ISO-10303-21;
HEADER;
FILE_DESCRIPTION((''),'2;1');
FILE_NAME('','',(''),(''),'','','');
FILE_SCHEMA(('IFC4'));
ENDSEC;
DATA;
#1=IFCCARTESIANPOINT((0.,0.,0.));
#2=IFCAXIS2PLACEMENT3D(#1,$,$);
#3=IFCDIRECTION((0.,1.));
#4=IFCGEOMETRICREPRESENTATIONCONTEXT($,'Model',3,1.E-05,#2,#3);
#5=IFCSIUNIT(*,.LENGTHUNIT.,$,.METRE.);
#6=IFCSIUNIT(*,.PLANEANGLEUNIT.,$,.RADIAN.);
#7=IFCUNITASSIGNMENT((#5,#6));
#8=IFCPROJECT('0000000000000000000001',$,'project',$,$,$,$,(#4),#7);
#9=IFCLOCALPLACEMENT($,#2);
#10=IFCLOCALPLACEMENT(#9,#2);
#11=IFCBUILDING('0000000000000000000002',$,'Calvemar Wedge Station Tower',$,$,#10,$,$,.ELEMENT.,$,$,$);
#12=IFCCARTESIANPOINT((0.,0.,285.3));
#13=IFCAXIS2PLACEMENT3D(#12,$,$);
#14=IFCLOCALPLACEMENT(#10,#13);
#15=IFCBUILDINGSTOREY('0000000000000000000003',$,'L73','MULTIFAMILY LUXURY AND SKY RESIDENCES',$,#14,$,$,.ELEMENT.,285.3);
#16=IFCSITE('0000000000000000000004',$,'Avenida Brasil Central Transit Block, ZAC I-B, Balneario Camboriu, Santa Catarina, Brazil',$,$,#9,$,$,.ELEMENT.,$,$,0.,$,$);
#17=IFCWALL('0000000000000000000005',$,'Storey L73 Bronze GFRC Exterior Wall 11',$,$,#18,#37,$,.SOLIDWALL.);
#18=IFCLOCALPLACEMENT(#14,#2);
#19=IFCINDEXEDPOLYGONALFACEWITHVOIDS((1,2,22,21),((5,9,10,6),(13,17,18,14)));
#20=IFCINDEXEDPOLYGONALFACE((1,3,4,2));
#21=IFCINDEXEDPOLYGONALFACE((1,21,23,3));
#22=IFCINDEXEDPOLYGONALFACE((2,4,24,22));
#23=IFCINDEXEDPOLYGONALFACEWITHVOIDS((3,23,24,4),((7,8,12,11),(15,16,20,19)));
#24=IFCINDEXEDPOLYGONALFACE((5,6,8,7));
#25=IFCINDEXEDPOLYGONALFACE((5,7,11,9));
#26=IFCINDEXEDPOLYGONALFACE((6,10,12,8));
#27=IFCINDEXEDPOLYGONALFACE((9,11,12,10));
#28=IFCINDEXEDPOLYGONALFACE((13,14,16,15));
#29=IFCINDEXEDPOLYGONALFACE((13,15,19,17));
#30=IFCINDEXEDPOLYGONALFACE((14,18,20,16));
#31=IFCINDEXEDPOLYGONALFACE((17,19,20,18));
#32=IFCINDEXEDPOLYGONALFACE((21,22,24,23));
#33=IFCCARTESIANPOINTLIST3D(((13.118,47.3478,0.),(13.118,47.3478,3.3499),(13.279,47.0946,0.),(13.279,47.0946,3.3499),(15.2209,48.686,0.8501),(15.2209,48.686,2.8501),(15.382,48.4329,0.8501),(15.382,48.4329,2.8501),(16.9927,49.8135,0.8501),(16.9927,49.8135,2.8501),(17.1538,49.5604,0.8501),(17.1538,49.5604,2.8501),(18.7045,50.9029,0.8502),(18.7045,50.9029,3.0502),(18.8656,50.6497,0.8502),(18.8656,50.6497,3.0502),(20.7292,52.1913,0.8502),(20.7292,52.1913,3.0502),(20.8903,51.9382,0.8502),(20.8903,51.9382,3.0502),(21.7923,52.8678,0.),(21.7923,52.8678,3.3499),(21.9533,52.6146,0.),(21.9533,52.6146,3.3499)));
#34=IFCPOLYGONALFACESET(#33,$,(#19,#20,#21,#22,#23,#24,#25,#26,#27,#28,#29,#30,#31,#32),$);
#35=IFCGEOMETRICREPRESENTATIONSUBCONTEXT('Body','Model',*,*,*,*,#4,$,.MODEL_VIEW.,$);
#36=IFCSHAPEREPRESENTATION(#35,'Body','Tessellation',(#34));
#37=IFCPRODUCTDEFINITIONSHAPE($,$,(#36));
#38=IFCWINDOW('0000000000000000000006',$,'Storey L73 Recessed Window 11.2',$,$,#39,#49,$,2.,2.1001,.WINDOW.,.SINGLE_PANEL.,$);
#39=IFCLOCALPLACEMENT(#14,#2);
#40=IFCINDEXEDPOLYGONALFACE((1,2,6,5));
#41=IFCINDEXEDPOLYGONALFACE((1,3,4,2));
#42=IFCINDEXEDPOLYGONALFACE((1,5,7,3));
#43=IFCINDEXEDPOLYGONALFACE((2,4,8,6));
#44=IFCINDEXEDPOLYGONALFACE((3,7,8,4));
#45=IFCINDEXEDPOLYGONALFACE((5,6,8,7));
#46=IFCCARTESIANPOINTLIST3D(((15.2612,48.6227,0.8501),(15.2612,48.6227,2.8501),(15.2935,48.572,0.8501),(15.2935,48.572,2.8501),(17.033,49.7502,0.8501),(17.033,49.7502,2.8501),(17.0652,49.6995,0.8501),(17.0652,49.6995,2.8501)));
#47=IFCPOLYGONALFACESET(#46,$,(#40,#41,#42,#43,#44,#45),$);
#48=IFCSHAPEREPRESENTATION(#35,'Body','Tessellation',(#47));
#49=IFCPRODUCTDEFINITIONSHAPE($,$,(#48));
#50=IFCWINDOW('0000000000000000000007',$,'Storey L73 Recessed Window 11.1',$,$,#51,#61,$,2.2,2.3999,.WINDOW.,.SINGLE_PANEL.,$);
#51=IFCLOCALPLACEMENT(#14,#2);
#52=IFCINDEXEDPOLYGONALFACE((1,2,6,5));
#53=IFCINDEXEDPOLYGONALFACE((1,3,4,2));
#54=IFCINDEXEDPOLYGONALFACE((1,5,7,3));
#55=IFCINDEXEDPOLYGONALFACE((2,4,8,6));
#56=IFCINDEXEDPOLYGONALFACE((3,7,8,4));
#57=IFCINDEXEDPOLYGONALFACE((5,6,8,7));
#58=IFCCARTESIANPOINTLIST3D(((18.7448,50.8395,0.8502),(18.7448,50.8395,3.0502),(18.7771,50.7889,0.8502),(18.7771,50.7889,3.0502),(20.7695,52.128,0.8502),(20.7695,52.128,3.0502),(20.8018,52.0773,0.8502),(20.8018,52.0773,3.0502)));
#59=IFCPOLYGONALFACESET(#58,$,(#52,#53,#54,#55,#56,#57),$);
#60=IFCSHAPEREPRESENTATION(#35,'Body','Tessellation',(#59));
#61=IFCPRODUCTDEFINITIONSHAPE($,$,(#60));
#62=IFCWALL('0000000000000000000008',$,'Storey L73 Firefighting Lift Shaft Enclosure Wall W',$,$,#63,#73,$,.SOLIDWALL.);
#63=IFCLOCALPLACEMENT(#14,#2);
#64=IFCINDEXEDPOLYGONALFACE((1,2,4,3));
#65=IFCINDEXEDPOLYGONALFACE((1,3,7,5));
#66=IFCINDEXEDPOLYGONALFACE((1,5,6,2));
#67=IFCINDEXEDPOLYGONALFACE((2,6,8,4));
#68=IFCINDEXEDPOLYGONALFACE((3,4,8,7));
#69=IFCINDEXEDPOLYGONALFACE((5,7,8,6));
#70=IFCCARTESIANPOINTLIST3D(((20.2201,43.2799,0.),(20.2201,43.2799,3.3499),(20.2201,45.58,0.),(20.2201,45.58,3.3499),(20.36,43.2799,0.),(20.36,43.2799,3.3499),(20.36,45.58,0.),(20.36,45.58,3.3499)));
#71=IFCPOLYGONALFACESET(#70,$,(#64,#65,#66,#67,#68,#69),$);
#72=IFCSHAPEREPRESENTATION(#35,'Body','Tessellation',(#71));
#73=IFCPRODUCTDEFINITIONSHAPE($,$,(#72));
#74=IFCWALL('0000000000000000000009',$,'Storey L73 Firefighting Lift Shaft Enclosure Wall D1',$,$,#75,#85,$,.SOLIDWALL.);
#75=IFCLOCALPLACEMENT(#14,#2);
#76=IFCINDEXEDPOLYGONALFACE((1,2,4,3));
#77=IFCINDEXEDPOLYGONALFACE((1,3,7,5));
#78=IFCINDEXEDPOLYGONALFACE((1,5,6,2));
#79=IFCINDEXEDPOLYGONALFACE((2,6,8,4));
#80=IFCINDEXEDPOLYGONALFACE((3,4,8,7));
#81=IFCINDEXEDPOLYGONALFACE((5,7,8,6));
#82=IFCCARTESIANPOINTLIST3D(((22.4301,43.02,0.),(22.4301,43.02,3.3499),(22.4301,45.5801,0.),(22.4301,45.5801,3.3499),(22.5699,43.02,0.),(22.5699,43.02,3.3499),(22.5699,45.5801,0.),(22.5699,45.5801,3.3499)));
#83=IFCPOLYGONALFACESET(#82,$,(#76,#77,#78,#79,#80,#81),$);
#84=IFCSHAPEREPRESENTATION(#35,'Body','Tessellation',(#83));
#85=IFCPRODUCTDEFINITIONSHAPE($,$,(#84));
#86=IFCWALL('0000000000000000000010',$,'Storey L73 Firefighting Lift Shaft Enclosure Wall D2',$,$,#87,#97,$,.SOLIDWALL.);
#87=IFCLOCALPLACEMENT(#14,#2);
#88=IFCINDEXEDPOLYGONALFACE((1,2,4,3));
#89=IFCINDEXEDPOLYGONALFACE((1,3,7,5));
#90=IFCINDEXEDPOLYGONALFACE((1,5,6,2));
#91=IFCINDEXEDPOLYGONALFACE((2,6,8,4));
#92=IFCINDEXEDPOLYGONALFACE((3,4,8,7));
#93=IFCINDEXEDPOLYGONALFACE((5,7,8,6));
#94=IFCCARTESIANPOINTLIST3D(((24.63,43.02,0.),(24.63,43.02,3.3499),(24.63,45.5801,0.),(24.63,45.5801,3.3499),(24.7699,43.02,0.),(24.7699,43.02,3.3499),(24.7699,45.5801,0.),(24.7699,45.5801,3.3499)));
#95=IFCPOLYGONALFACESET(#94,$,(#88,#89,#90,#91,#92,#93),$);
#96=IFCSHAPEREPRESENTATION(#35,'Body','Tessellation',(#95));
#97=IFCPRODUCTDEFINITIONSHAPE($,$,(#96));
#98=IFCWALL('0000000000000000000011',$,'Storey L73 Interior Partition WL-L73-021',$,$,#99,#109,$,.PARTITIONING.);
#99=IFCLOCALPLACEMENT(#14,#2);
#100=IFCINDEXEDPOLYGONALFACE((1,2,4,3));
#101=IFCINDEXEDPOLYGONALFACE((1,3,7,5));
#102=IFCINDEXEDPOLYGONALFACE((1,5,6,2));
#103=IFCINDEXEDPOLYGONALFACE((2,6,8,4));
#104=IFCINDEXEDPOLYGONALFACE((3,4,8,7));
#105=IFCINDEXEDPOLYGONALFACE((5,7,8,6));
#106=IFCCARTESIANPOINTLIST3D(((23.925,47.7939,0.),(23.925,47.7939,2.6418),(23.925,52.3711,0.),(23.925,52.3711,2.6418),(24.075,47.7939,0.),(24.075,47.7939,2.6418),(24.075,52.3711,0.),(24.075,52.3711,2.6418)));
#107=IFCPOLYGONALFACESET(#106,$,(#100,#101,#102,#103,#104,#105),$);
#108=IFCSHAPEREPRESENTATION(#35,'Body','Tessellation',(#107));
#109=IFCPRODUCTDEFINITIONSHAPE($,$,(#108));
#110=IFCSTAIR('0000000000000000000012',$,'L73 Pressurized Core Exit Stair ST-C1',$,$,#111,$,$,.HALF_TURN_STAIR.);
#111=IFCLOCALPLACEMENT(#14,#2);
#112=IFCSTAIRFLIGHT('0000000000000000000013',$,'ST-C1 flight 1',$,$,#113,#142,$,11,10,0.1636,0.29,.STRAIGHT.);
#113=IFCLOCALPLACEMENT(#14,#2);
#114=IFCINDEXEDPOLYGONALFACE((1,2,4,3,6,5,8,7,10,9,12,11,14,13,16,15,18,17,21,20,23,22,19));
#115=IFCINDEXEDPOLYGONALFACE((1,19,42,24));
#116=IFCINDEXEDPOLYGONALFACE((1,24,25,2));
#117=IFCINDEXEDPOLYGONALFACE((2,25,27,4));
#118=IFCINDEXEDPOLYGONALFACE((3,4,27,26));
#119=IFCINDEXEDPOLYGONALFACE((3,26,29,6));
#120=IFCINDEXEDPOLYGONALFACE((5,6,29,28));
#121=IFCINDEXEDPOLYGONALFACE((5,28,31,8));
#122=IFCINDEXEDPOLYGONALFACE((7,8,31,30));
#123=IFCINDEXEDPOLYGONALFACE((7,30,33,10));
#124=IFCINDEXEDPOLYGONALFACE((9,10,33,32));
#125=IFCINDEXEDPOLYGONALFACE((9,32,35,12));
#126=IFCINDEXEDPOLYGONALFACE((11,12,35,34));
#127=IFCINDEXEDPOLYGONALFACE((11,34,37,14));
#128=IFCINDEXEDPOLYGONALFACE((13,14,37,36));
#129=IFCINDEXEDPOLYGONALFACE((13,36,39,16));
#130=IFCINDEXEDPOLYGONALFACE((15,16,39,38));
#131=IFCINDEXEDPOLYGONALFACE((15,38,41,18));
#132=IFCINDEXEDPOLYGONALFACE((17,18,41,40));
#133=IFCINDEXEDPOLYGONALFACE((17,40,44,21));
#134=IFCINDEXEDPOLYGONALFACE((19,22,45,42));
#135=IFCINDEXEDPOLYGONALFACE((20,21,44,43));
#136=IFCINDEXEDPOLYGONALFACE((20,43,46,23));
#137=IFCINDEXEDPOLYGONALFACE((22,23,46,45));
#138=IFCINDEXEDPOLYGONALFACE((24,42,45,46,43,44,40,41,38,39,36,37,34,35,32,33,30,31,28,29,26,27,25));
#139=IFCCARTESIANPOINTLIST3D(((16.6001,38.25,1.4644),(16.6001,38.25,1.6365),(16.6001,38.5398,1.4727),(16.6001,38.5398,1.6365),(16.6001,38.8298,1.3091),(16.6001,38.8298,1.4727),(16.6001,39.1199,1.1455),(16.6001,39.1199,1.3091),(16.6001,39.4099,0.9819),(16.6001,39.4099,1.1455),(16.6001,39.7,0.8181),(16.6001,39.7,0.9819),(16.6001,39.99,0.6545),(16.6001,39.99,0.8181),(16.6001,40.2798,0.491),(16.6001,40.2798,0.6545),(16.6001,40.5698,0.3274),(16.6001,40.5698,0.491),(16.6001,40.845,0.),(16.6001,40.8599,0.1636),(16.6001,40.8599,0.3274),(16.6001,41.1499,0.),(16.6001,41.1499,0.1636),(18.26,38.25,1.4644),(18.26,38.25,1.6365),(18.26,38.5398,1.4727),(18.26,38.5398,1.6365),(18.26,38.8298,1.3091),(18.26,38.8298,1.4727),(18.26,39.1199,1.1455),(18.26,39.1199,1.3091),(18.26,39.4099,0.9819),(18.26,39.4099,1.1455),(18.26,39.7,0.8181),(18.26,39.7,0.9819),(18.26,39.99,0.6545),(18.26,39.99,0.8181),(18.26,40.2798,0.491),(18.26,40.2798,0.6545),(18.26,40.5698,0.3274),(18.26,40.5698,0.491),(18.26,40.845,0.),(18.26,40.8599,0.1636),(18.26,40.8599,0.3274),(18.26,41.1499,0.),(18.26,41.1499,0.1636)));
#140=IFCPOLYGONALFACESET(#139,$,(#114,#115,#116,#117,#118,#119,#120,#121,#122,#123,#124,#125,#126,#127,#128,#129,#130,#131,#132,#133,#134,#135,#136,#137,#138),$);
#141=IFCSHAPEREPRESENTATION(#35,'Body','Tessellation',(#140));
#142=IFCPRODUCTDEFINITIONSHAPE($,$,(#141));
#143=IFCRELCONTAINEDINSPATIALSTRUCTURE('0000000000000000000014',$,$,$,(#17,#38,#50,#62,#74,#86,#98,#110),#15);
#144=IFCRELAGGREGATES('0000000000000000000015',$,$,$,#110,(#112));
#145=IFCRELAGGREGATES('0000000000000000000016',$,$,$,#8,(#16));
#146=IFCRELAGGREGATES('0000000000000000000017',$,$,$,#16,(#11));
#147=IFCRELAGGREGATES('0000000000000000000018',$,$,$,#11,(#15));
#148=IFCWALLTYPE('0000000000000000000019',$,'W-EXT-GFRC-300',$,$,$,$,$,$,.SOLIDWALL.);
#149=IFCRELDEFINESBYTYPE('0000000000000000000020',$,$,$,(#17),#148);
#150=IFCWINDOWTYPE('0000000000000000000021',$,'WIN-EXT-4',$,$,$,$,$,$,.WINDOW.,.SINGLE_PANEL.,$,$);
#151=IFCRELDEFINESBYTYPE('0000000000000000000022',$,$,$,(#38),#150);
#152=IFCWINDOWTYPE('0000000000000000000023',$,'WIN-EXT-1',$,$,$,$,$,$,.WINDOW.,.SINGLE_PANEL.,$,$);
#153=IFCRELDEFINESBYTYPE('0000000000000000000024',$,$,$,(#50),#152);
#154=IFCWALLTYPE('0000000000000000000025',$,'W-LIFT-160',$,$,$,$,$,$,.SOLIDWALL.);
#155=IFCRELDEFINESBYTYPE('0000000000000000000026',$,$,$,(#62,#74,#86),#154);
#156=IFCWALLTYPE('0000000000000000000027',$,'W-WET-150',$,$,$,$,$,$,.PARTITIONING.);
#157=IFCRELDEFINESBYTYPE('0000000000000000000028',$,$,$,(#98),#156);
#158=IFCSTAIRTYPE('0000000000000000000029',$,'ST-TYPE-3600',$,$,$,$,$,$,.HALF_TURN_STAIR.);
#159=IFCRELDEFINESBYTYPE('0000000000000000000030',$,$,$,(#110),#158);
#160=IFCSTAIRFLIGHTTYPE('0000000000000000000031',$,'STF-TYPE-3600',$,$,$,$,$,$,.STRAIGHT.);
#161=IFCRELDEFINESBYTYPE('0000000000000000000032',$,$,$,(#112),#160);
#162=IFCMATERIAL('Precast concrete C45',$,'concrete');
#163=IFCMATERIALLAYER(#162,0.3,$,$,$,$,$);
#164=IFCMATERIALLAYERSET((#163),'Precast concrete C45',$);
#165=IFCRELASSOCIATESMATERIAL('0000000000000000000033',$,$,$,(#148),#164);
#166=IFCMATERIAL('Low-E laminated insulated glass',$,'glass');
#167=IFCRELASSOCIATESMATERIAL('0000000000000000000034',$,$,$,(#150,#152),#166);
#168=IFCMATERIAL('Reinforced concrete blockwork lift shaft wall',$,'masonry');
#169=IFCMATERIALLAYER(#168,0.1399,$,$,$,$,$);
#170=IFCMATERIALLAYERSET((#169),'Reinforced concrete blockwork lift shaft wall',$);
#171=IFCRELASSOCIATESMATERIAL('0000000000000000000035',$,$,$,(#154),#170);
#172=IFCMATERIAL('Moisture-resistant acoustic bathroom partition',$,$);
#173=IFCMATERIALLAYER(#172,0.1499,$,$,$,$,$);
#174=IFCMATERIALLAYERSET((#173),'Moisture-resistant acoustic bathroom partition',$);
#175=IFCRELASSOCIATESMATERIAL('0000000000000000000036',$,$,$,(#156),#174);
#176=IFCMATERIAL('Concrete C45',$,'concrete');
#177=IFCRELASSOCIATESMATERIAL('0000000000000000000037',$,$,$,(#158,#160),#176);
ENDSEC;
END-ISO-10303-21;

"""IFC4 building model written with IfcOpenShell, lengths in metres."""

from ifc_helpers import new_model, si_unit, direction, frame, frame_2d, origin, place, context, subcontext, project, spatial, polyline, rectangle, outline, extrude, source, transform, mapped, material, layer, layer_set, type_object, element, fill, aggregate, save


model = new_model("IFC4")

# Units and contexts
model_context = context("Model", 3, precision=1e-05, world=origin(), true_north=direction((0.0, 1.0)))
body_context = subcontext(model_context, "Body", "Model", "MODEL_VIEW")
ifc_project = project(units=[si_unit("LENGTHUNIT", "METRE"), si_unit("PLANEANGLEUNIT", "RADIAN")], contexts=[model_context])

# Site, building, storey
site_placement = place(None, origin())
site = spatial("IfcSite", under=ifc_project, at=site_placement, Name="Avenida Brasil Central Transit Block, ZAC I-B, Balneario Camboriu, Santa Catarina, Brazil", CompositionType="ELEMENT", RefElevation=0.0)
building_placement = place(site_placement, origin())
building = spatial("IfcBuilding", under=site, at=building_placement, Name="Calvemar Wedge Station Tower", CompositionType="ELEMENT")
storey_placement = place(building_placement, frame((0.0, 0.0, 285.3)))
storey = spatial("IfcBuildingStorey", under=building, at=storey_placement, Name="L73", Description="MULTIFAMILY LUXURY AND SKY RESIDENCES", CompositionType="ELEMENT", Elevation=285.3)

# Shared definitions
ifc_material_1 = material(Name="Low-E laminated insulated glass", Category="glass")

# Shared definitions
ifc_material_2 = material(Name="Precast concrete C45", Category="concrete")
ifc_layer_1 = layer(ifc_material_2, 0.3)
ifc_layer_set_1 = layer_set([ifc_layer_1], Name="Precast concrete C45")
wall_type_1 = type_object("IfcWallType", Name="W-EXT-GFRC-300", PredefinedType="SOLIDWALL", material=ifc_layer_set_1)

# Wall, openings, windows
wall_1_placement = place(storey_placement, frame((21.8728, 52.7412, 0.0), z_axis=(0.0, 0.0, 1.0), x_axis=(-0.843661, -0.536875, 0.0)))
wall_1 = element("IfcWall", 1, at=wall_1_placement, inside=storey, type_object=wall_type_1, Name="Storey L73 Bronze GFRC Exterior Wall 11", PredefinedType="SOLIDWALL", context=body_context, shape_type="SweptSolid", body=[
    extrude(rectangle(XDim=10.2817, YDim=0.3, at=frame_2d((5.1409, 0.0))), origin(), (0.0, 0.0, 1.0), 3.3499),
])
shared_shape_1 = source(origin(), body_context, "Body", "SweptSolid", [
    extrude(rectangle(XDim=2.3999, YDim=2.2, at=frame_2d((1.2, 1.1001))), frame((0.0, 0.1602, 0.0), z_axis=(0.0, -1.0, 0.0), x_axis=(1.0, 0.0, 0.0)), (0.0, 0.0, 1.0), 0.3201),
])
opening_1_placement = place(wall_1_placement, frame((1.26, 0.0, 0.8501)))
opening_1 = element("IfcOpeningElement", 2, at=opening_1_placement, cuts=wall_1, PredefinedType="OPENING", context=body_context, shape_type="MappedRepresentation", body=[
    mapped(shared_shape_1, transform((0.0, 0.0, 0.0), scale=1.0)),
])
shared_shape_2 = source(origin(), body_context, "Body", "SweptSolid", [
    extrude(rectangle(XDim=2.1001, YDim=2.0, at=frame_2d((1.05, 1.0))), frame((0.0, 0.1602, 0.0), z_axis=(0.0, -1.0, 0.0), x_axis=(1.0, 0.0, 0.0)), (0.0, 0.0, 1.0), 0.3201),
])
opening_2_placement = place(wall_1_placement, frame((5.689, 0.0, 0.8501)))
opening_2 = element("IfcOpeningElement", 3, at=opening_2_placement, cuts=wall_1, PredefinedType="OPENING", context=body_context, shape_type="MappedRepresentation", body=[
    mapped(shared_shape_2, transform((0.0, 0.0, 0.0), scale=1.0)),
])
window_type_1 = type_object("IfcWindowType", Name="WIN-EXT-4", PartitioningType="SINGLE_PANEL", PredefinedType="WINDOW", material=ifc_material_1)
shared_shape_3 = source(origin(), body_context, "Body", "SweptSolid", [
    extrude(rectangle(XDim=2.1001, YDim=2.0, at=frame_2d((1.05, 1.0))), frame((0.0, -0.0149, 0.0), z_axis=(0.0, -1.0, 0.0), x_axis=(1.0, 0.0, 0.0)), (0.0, 0.0, 1.0), 0.0601),
])
window_1_placement = place(opening_2_placement, origin())
window_1 = element("IfcWindow", 4, at=window_1_placement, inside=storey, type_object=window_type_1, Name="Storey L73 Recessed Window 11.2", OverallHeight=2.0, OverallWidth=2.1001, PartitioningType="SINGLE_PANEL", PredefinedType="WINDOW", context=body_context, shape_type="MappedRepresentation", body=[
    mapped(shared_shape_3, transform((0.0, 0.0, 0.0), scale=1.0)),
])
fill(opening_2, window_1)
window_type_2 = type_object("IfcWindowType", Name="WIN-EXT-1", PartitioningType="SINGLE_PANEL", PredefinedType="WINDOW", material=ifc_material_1)
shared_shape_4 = source(origin(), body_context, "Body", "SweptSolid", [
    extrude(rectangle(XDim=2.3999, YDim=2.2, at=frame_2d((1.2, 1.1001))), frame((0.0, -0.0149, 0.0), z_axis=(0.0, -1.0, 0.0), x_axis=(1.0, 0.0, 0.0)), (0.0, 0.0, 1.0), 0.0601),
])
window_2_placement = place(opening_1_placement, origin())
window_2 = element("IfcWindow", 5, at=window_2_placement, inside=storey, type_object=window_type_2, Name="Storey L73 Recessed Window 11.1", OverallHeight=2.2, OverallWidth=2.3999, PartitioningType="SINGLE_PANEL", PredefinedType="WINDOW", context=body_context, shape_type="MappedRepresentation", body=[
    mapped(shared_shape_4, transform((0.0, 0.0, 0.0), scale=1.0)),
])
fill(opening_1, window_2)

# Shared definitions
ifc_material_3 = material(Name="Reinforced concrete blockwork lift shaft wall", Category="masonry")
ifc_layer_2 = layer(ifc_material_3, 0.1399)
ifc_layer_set_2 = layer_set([ifc_layer_2], Name="Reinforced concrete blockwork lift shaft wall")
wall_type_2 = type_object("IfcWallType", Name="W-LIFT-160", PredefinedType="SOLIDWALL", material=ifc_layer_set_2)

# Walls
wall_2_placement = place(storey_placement, frame((20.29, 43.28, 0.0), z_axis=(0.0, 0.0, 1.0), x_axis=(0.0, 1.0, 0.0)))
element("IfcWall", 6, at=wall_2_placement, inside=storey, type_object=wall_type_2, Name="Storey L73 Firefighting Lift Shaft Enclosure Wall W", PredefinedType="SOLIDWALL", context=body_context, shape_type="SweptSolid", body=[
    extrude(rectangle(XDim=2.3, YDim=0.1399, at=frame_2d((1.1499, 0.0))), origin(), (0.0, 0.0, 1.0), 3.3499),
])
for number, where, z_axis, x_axis, name in (
    (7, (22.5, 43.02, 0.0), (0.0, 0.0, 1.0), (0.0, 1.0, 0.0), "Storey L73 Firefighting Lift Shaft Enclosure Wall D1"),
    (8, (24.7, 43.02, 0.0), (0.0, 0.0, 1.0), (0.0, 1.0, 0.0), "Storey L73 Firefighting Lift Shaft Enclosure Wall D2"),
):
    element("IfcWall", number, at=place(storey_placement, frame(where, z_axis=z_axis, x_axis=x_axis)), inside=storey, type_object=wall_type_2, Name=name, PredefinedType="SOLIDWALL", context=body_context, shape_type="SweptSolid", body=[
        extrude(rectangle(XDim=2.5601, YDim=0.1399, at=frame_2d((1.28, 0.0))), origin(), (0.0, 0.0, 1.0), 3.3499),
    ])
ifc_material_4 = material(Name="Moisture-resistant acoustic bathroom partition")
ifc_layer_3 = layer(ifc_material_4, 0.1499)
ifc_layer_set_3 = layer_set([ifc_layer_3], Name="Moisture-resistant acoustic bathroom partition")
wall_type_3 = type_object("IfcWallType", Name="W-WET-150", PredefinedType="PARTITIONING", material=ifc_layer_set_3)
wall_3_placement = place(storey_placement, frame((24.0, 52.3711, 0.0), z_axis=(0.0, 0.0, 1.0), x_axis=(0.0, -1.0, 0.0)))
element("IfcWall", 9, at=wall_3_placement, inside=storey, type_object=wall_type_3, Name="Storey L73 Interior Partition WL-L73-021", PredefinedType="PARTITIONING", context=body_context, shape_type="SweptSolid", body=[
    extrude(rectangle(XDim=4.5771, YDim=0.1499, at=frame_2d((2.2886, 0.0))), origin(), (0.0, 0.0, 1.0), 2.6418),
])

# Stair, stair flight
ifc_material_5 = material(Name="Concrete C45", Category="concrete")
stair_type = type_object("IfcStairType", Name="ST-TYPE-3600", PredefinedType="HALF_TURN_STAIR", material=ifc_material_5)
stair_placement = place(storey_placement, origin())
stair = element("IfcStair", 10, at=stair_placement, inside=storey, type_object=stair_type, Name="L73 Pressurized Core Exit Stair ST-C1", PredefinedType="HALF_TURN_STAIR")
stair_flight_type = type_object("IfcStairFlightType", Name="STF-TYPE-3600", PredefinedType="STRAIGHT", material=ifc_material_5)
stair_flight_placement = place(storey_placement, frame((17.4299, 41.1499, 0.0), z_axis=(0.0, 0.0, 1.0), x_axis=(0.0, -1.0, 0.0)))
stair_flight = element("IfcStairFlight", 11, at=stair_flight_placement, type_object=stair_flight_type, Name="ST-C1 flight 1", NumberOfRisers=11, NumberOfTreads=10, PredefinedType="STRAIGHT", RiserHeight=0.1636, TreadLength=0.29, context=body_context, shape_type="SweptSolid", body=[
    extrude(outline(polyline([(0.0, 0.0), (0.0, 0.1636), (0.29, 0.1636), (0.29, 0.3274), (0.5801, 0.3274), (0.5801, 0.491), (0.8701, 0.491), (0.8701, 0.6545), (1.1599, 0.6545), (1.1599, 0.8181), (1.45, 0.8181), (1.45, 0.9819), (1.74, 0.9819), (1.74, 1.1455), (2.03, 1.1455), (2.03, 1.3091), (2.3201, 1.3091), (2.3201, 1.4727), (2.6101, 1.4727), (2.6101, 1.6365), (2.8999, 1.6365), (2.8999, 1.8), (2.8999, 1.4644), (0.3049, 0.0), (0.0, 0.0)])), frame((0.0, 0.8301, 0.0), z_axis=(0.0, -1.0, 0.0), x_axis=(1.0, 0.0, 0.0)), (0.0, 0.0, 1.0), 1.6599),
])
aggregate(stair, [stair_flight])

save(model, "model.ifc")
